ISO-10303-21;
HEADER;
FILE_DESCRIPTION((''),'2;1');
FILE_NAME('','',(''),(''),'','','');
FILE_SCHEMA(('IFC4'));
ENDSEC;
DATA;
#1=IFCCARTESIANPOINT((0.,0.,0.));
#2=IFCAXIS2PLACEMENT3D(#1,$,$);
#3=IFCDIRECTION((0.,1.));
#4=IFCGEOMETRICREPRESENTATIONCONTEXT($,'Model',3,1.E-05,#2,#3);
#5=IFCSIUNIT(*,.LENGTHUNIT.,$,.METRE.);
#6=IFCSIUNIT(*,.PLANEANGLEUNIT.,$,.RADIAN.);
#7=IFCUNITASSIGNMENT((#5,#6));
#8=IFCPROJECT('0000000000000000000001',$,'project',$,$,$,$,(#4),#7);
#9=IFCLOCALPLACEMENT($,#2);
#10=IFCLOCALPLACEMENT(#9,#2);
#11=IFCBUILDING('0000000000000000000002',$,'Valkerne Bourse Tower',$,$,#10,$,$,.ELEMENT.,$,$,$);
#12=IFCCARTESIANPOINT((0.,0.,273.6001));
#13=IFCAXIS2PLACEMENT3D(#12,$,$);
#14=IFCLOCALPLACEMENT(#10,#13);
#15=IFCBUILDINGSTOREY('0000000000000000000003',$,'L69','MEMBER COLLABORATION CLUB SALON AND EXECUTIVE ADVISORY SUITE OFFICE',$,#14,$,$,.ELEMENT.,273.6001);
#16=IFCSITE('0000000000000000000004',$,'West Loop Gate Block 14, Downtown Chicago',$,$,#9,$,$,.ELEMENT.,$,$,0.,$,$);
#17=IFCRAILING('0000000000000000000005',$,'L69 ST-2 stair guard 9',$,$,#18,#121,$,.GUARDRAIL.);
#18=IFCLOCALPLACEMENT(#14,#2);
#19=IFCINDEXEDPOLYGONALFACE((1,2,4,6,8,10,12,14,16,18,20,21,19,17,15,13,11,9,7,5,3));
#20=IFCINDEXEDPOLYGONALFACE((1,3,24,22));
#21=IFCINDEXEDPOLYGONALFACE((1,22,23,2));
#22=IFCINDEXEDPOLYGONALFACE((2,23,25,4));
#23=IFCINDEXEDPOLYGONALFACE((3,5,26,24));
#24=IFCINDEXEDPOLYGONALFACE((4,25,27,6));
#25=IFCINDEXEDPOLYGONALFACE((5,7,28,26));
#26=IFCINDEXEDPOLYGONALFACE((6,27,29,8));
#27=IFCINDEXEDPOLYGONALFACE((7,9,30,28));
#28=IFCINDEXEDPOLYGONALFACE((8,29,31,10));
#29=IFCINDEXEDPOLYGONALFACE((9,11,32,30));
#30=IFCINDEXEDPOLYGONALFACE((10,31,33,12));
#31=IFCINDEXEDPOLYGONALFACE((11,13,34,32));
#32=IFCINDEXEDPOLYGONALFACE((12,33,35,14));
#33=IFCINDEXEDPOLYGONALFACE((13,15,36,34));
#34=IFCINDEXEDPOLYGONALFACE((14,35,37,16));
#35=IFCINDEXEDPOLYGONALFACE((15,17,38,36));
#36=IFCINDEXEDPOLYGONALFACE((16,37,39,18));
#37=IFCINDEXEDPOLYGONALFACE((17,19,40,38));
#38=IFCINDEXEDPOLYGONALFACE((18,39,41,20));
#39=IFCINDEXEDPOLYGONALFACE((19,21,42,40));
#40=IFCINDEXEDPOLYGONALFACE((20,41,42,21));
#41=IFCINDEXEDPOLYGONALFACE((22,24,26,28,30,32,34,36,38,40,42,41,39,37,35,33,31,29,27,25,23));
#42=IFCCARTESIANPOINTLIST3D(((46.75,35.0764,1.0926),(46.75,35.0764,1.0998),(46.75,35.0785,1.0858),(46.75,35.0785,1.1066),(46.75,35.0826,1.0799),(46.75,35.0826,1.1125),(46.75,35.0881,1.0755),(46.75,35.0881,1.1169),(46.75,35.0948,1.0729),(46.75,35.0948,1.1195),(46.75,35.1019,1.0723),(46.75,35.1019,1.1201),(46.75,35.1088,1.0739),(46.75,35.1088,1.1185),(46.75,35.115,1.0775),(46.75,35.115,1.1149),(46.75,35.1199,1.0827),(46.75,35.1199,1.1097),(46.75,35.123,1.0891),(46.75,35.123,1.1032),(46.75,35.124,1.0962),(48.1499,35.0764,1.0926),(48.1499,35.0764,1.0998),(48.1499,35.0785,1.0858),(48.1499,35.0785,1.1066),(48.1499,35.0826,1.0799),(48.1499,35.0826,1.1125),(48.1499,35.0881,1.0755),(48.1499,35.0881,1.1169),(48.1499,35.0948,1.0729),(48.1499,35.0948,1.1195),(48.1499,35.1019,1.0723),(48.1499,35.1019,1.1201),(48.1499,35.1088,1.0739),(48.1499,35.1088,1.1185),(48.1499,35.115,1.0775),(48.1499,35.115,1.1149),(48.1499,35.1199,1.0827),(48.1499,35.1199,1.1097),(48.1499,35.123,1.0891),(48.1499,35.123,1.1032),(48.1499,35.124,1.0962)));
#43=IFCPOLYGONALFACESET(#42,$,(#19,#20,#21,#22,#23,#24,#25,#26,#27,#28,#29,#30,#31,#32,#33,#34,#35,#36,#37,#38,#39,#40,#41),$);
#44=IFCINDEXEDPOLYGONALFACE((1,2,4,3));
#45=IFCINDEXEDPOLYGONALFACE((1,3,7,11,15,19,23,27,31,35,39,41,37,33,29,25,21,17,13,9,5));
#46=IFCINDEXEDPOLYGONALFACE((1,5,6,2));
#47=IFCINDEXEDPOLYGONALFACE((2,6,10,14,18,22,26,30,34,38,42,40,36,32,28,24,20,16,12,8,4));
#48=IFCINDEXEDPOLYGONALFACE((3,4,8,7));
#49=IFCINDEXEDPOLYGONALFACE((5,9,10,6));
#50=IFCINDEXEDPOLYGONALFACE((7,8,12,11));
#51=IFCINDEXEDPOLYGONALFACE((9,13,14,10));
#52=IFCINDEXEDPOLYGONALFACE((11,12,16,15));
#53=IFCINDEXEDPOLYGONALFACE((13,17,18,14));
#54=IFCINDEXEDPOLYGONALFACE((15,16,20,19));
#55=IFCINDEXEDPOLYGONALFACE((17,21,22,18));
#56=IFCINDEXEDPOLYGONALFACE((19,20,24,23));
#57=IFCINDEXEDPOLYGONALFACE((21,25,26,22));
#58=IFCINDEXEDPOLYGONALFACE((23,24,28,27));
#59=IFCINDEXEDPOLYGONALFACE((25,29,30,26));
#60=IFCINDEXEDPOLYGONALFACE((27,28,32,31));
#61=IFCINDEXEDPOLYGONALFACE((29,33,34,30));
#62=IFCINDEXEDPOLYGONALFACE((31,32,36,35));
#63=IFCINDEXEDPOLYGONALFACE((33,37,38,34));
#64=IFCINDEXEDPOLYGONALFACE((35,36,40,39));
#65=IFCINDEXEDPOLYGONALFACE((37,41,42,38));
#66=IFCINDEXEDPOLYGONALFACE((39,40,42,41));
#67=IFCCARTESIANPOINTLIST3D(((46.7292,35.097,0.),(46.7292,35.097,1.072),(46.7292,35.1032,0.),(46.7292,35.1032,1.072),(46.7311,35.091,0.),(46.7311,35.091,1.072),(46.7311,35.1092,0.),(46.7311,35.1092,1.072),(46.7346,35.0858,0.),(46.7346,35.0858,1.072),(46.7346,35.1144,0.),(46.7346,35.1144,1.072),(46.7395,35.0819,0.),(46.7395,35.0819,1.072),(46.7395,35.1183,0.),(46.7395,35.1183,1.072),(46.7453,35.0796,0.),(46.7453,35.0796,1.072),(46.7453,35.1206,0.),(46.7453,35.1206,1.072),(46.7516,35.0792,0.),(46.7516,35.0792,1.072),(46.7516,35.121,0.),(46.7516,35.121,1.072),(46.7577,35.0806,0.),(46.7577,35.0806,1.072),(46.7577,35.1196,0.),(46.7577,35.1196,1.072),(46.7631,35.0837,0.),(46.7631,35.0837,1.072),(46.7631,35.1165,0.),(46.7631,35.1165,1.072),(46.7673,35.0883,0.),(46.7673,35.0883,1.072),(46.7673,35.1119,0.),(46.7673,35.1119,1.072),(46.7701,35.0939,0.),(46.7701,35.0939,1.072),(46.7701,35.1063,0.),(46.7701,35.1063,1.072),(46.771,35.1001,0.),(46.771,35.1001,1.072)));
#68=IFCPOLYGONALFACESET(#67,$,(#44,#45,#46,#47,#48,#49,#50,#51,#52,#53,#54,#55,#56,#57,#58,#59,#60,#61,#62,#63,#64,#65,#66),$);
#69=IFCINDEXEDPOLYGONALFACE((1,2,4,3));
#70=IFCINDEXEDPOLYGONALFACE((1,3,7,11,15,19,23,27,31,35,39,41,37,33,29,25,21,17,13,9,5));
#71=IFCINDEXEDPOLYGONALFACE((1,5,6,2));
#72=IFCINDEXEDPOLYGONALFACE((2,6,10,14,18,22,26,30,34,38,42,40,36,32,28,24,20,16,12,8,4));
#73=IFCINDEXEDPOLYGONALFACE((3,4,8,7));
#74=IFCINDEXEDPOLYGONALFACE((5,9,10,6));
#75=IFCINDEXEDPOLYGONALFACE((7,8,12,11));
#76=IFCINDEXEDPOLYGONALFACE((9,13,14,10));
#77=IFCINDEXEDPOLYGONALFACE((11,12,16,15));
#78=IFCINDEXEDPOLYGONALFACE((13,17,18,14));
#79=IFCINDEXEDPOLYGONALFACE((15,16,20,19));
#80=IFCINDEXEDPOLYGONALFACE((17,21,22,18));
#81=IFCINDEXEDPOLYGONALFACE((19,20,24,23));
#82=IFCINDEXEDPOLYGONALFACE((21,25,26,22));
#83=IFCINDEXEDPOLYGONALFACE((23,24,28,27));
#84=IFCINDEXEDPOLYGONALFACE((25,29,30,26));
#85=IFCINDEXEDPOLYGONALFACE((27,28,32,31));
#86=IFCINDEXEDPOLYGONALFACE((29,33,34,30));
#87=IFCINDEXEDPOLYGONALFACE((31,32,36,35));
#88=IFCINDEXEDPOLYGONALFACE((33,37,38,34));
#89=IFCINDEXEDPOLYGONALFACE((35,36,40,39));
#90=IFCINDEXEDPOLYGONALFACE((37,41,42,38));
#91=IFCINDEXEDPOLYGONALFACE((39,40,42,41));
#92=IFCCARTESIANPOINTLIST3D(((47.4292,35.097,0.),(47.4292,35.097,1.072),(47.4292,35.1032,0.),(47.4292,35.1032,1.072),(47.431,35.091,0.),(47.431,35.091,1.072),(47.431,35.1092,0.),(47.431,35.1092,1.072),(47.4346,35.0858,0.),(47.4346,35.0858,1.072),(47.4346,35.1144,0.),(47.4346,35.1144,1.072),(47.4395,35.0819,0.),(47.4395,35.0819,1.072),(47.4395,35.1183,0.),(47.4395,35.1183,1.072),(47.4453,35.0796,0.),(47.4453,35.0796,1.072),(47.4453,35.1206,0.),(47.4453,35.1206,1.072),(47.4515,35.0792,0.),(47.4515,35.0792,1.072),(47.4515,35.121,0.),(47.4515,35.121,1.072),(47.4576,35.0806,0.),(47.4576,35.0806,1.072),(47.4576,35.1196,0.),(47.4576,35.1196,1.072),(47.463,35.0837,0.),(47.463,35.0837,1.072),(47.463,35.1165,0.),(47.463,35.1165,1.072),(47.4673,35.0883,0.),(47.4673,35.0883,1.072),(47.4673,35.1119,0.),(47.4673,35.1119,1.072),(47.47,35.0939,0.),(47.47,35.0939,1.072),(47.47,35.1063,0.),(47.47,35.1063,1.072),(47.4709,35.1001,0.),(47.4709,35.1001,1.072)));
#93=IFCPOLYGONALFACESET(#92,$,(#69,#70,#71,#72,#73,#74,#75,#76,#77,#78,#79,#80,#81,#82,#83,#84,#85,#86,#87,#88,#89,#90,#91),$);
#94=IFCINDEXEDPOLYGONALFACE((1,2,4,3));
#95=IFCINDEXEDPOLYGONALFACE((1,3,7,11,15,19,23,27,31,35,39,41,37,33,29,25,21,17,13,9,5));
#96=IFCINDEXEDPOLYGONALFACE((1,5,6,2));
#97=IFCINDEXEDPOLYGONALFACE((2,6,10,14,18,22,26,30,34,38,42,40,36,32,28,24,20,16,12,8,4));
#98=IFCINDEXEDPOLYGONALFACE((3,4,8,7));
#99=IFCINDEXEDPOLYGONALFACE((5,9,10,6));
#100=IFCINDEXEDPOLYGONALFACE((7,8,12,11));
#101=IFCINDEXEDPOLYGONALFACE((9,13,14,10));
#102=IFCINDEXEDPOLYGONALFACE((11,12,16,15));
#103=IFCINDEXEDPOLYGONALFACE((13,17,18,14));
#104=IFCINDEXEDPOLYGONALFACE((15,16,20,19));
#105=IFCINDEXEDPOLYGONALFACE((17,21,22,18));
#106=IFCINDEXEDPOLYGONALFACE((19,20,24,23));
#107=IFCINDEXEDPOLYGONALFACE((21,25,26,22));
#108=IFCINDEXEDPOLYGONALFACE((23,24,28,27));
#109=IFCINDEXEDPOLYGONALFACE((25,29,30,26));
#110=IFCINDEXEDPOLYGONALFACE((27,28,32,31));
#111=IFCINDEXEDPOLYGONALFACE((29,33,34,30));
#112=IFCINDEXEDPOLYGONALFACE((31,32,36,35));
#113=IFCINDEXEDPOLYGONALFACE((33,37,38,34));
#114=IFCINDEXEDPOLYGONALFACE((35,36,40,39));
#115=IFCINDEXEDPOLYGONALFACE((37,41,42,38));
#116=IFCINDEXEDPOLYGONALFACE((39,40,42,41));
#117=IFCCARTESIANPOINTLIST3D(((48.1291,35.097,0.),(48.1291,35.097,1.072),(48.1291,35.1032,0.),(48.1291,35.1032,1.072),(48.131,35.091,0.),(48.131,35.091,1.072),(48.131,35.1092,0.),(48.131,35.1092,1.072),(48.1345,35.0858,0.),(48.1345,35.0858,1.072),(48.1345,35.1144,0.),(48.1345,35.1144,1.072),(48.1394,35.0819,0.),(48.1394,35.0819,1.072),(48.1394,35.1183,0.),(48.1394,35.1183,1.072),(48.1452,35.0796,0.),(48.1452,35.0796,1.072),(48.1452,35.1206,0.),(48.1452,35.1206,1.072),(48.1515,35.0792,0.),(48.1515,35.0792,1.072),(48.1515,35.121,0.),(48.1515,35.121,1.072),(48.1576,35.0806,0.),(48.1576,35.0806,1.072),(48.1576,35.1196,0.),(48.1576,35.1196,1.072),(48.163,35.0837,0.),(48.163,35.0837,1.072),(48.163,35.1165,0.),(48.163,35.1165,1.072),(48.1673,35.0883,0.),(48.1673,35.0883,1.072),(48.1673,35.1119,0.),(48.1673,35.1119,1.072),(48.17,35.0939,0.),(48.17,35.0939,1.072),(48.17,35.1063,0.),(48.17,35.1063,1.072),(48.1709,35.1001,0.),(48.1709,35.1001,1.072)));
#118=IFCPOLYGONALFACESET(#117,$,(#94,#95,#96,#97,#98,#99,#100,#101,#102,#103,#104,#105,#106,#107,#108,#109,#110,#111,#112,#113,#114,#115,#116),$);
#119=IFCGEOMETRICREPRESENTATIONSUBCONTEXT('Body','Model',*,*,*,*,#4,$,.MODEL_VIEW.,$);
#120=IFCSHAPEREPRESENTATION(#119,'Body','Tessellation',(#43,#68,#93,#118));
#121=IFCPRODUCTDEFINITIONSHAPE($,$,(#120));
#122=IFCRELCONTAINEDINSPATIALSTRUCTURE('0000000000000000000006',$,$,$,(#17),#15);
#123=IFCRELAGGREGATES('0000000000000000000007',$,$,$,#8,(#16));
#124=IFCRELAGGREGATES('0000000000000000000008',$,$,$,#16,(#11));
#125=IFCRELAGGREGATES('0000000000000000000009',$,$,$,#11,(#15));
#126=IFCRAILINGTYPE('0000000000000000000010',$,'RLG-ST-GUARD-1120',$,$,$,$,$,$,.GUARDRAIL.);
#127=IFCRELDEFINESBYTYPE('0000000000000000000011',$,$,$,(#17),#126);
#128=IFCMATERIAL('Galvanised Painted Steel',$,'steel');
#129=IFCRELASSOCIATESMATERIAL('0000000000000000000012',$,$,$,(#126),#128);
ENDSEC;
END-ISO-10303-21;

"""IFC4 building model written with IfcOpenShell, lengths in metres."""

from ifc_helpers import new_model, si_unit, direction, frame, origin, origin_2d, place, context, subcontext, project, spatial, circle, extrude, material, type_object, element, save


model = new_model("IFC4")

# Units and contexts
model_context = context("Model", 3, precision=1e-05, world=origin(), true_north=direction((0.0, 1.0)))
body_context = subcontext(model_context, "Body", "Model", "MODEL_VIEW")
ifc_project = project(units=[si_unit("LENGTHUNIT", "METRE"), si_unit("PLANEANGLEUNIT", "RADIAN")], contexts=[model_context])

# Site, building, storey
site_placement = place(None, origin())
site = spatial("IfcSite", under=ifc_project, at=site_placement, Name="West Loop Gate Block 14, Downtown Chicago", CompositionType="ELEMENT", RefElevation=0.0)
building_placement = place(site_placement, origin())
building = spatial("IfcBuilding", under=site, at=building_placement, Name="Valkerne Bourse Tower", CompositionType="ELEMENT")
storey_placement = place(building_placement, frame((0.0, 0.0, 273.6001)))
storey = spatial("IfcBuildingStorey", under=building, at=storey_placement, Name="L69", Description="MEMBER COLLABORATION CLUB SALON AND EXECUTIVE ADVISORY SUITE OFFICE", CompositionType="ELEMENT", Elevation=273.6001)

# Shared definitions
ifc_material_1 = material(Name="Galvanised Painted Steel", Category="steel")

# Railing
railing_type_1 = type_object("IfcRailingType", Name="RLG-ST-GUARD-1120", PredefinedType="GUARDRAIL", material=ifc_material_1)
for number, where, name in (
    (1, (46.75, 35.1001, 0.0), "L69 ST-2 stair guard 9"),
):
    element("IfcRailing", number, at=place(storey_placement, frame(where)), inside=storey, type_object=railing_type_1, Name=name, PredefinedType="GUARDRAIL", context=body_context, shape_type="SweptSolid", body=[
        extrude(circle(Radius=0.0239, at=origin_2d()), frame((0.0, 0.0, 1.0962), z_axis=(1.0, 0.0, 0.0), x_axis=(0.0, 1.0, 0.0)), (0.0, 0.0, 1.0), 1.3999),
        extrude(circle(Radius=0.021, at=origin_2d()), origin(), (0.0, 0.0, 1.0), 1.072),
        extrude(circle(Radius=0.021, at=origin_2d()), frame((0.7, 0.0, 0.0)), (0.0, 0.0, 1.0), 1.072),
        extrude(circle(Radius=0.021, at=origin_2d()), frame((1.3999, 0.0, 0.0)), (0.0, 0.0, 1.0), 1.072),
    ])

save(model, "model.ifc")
